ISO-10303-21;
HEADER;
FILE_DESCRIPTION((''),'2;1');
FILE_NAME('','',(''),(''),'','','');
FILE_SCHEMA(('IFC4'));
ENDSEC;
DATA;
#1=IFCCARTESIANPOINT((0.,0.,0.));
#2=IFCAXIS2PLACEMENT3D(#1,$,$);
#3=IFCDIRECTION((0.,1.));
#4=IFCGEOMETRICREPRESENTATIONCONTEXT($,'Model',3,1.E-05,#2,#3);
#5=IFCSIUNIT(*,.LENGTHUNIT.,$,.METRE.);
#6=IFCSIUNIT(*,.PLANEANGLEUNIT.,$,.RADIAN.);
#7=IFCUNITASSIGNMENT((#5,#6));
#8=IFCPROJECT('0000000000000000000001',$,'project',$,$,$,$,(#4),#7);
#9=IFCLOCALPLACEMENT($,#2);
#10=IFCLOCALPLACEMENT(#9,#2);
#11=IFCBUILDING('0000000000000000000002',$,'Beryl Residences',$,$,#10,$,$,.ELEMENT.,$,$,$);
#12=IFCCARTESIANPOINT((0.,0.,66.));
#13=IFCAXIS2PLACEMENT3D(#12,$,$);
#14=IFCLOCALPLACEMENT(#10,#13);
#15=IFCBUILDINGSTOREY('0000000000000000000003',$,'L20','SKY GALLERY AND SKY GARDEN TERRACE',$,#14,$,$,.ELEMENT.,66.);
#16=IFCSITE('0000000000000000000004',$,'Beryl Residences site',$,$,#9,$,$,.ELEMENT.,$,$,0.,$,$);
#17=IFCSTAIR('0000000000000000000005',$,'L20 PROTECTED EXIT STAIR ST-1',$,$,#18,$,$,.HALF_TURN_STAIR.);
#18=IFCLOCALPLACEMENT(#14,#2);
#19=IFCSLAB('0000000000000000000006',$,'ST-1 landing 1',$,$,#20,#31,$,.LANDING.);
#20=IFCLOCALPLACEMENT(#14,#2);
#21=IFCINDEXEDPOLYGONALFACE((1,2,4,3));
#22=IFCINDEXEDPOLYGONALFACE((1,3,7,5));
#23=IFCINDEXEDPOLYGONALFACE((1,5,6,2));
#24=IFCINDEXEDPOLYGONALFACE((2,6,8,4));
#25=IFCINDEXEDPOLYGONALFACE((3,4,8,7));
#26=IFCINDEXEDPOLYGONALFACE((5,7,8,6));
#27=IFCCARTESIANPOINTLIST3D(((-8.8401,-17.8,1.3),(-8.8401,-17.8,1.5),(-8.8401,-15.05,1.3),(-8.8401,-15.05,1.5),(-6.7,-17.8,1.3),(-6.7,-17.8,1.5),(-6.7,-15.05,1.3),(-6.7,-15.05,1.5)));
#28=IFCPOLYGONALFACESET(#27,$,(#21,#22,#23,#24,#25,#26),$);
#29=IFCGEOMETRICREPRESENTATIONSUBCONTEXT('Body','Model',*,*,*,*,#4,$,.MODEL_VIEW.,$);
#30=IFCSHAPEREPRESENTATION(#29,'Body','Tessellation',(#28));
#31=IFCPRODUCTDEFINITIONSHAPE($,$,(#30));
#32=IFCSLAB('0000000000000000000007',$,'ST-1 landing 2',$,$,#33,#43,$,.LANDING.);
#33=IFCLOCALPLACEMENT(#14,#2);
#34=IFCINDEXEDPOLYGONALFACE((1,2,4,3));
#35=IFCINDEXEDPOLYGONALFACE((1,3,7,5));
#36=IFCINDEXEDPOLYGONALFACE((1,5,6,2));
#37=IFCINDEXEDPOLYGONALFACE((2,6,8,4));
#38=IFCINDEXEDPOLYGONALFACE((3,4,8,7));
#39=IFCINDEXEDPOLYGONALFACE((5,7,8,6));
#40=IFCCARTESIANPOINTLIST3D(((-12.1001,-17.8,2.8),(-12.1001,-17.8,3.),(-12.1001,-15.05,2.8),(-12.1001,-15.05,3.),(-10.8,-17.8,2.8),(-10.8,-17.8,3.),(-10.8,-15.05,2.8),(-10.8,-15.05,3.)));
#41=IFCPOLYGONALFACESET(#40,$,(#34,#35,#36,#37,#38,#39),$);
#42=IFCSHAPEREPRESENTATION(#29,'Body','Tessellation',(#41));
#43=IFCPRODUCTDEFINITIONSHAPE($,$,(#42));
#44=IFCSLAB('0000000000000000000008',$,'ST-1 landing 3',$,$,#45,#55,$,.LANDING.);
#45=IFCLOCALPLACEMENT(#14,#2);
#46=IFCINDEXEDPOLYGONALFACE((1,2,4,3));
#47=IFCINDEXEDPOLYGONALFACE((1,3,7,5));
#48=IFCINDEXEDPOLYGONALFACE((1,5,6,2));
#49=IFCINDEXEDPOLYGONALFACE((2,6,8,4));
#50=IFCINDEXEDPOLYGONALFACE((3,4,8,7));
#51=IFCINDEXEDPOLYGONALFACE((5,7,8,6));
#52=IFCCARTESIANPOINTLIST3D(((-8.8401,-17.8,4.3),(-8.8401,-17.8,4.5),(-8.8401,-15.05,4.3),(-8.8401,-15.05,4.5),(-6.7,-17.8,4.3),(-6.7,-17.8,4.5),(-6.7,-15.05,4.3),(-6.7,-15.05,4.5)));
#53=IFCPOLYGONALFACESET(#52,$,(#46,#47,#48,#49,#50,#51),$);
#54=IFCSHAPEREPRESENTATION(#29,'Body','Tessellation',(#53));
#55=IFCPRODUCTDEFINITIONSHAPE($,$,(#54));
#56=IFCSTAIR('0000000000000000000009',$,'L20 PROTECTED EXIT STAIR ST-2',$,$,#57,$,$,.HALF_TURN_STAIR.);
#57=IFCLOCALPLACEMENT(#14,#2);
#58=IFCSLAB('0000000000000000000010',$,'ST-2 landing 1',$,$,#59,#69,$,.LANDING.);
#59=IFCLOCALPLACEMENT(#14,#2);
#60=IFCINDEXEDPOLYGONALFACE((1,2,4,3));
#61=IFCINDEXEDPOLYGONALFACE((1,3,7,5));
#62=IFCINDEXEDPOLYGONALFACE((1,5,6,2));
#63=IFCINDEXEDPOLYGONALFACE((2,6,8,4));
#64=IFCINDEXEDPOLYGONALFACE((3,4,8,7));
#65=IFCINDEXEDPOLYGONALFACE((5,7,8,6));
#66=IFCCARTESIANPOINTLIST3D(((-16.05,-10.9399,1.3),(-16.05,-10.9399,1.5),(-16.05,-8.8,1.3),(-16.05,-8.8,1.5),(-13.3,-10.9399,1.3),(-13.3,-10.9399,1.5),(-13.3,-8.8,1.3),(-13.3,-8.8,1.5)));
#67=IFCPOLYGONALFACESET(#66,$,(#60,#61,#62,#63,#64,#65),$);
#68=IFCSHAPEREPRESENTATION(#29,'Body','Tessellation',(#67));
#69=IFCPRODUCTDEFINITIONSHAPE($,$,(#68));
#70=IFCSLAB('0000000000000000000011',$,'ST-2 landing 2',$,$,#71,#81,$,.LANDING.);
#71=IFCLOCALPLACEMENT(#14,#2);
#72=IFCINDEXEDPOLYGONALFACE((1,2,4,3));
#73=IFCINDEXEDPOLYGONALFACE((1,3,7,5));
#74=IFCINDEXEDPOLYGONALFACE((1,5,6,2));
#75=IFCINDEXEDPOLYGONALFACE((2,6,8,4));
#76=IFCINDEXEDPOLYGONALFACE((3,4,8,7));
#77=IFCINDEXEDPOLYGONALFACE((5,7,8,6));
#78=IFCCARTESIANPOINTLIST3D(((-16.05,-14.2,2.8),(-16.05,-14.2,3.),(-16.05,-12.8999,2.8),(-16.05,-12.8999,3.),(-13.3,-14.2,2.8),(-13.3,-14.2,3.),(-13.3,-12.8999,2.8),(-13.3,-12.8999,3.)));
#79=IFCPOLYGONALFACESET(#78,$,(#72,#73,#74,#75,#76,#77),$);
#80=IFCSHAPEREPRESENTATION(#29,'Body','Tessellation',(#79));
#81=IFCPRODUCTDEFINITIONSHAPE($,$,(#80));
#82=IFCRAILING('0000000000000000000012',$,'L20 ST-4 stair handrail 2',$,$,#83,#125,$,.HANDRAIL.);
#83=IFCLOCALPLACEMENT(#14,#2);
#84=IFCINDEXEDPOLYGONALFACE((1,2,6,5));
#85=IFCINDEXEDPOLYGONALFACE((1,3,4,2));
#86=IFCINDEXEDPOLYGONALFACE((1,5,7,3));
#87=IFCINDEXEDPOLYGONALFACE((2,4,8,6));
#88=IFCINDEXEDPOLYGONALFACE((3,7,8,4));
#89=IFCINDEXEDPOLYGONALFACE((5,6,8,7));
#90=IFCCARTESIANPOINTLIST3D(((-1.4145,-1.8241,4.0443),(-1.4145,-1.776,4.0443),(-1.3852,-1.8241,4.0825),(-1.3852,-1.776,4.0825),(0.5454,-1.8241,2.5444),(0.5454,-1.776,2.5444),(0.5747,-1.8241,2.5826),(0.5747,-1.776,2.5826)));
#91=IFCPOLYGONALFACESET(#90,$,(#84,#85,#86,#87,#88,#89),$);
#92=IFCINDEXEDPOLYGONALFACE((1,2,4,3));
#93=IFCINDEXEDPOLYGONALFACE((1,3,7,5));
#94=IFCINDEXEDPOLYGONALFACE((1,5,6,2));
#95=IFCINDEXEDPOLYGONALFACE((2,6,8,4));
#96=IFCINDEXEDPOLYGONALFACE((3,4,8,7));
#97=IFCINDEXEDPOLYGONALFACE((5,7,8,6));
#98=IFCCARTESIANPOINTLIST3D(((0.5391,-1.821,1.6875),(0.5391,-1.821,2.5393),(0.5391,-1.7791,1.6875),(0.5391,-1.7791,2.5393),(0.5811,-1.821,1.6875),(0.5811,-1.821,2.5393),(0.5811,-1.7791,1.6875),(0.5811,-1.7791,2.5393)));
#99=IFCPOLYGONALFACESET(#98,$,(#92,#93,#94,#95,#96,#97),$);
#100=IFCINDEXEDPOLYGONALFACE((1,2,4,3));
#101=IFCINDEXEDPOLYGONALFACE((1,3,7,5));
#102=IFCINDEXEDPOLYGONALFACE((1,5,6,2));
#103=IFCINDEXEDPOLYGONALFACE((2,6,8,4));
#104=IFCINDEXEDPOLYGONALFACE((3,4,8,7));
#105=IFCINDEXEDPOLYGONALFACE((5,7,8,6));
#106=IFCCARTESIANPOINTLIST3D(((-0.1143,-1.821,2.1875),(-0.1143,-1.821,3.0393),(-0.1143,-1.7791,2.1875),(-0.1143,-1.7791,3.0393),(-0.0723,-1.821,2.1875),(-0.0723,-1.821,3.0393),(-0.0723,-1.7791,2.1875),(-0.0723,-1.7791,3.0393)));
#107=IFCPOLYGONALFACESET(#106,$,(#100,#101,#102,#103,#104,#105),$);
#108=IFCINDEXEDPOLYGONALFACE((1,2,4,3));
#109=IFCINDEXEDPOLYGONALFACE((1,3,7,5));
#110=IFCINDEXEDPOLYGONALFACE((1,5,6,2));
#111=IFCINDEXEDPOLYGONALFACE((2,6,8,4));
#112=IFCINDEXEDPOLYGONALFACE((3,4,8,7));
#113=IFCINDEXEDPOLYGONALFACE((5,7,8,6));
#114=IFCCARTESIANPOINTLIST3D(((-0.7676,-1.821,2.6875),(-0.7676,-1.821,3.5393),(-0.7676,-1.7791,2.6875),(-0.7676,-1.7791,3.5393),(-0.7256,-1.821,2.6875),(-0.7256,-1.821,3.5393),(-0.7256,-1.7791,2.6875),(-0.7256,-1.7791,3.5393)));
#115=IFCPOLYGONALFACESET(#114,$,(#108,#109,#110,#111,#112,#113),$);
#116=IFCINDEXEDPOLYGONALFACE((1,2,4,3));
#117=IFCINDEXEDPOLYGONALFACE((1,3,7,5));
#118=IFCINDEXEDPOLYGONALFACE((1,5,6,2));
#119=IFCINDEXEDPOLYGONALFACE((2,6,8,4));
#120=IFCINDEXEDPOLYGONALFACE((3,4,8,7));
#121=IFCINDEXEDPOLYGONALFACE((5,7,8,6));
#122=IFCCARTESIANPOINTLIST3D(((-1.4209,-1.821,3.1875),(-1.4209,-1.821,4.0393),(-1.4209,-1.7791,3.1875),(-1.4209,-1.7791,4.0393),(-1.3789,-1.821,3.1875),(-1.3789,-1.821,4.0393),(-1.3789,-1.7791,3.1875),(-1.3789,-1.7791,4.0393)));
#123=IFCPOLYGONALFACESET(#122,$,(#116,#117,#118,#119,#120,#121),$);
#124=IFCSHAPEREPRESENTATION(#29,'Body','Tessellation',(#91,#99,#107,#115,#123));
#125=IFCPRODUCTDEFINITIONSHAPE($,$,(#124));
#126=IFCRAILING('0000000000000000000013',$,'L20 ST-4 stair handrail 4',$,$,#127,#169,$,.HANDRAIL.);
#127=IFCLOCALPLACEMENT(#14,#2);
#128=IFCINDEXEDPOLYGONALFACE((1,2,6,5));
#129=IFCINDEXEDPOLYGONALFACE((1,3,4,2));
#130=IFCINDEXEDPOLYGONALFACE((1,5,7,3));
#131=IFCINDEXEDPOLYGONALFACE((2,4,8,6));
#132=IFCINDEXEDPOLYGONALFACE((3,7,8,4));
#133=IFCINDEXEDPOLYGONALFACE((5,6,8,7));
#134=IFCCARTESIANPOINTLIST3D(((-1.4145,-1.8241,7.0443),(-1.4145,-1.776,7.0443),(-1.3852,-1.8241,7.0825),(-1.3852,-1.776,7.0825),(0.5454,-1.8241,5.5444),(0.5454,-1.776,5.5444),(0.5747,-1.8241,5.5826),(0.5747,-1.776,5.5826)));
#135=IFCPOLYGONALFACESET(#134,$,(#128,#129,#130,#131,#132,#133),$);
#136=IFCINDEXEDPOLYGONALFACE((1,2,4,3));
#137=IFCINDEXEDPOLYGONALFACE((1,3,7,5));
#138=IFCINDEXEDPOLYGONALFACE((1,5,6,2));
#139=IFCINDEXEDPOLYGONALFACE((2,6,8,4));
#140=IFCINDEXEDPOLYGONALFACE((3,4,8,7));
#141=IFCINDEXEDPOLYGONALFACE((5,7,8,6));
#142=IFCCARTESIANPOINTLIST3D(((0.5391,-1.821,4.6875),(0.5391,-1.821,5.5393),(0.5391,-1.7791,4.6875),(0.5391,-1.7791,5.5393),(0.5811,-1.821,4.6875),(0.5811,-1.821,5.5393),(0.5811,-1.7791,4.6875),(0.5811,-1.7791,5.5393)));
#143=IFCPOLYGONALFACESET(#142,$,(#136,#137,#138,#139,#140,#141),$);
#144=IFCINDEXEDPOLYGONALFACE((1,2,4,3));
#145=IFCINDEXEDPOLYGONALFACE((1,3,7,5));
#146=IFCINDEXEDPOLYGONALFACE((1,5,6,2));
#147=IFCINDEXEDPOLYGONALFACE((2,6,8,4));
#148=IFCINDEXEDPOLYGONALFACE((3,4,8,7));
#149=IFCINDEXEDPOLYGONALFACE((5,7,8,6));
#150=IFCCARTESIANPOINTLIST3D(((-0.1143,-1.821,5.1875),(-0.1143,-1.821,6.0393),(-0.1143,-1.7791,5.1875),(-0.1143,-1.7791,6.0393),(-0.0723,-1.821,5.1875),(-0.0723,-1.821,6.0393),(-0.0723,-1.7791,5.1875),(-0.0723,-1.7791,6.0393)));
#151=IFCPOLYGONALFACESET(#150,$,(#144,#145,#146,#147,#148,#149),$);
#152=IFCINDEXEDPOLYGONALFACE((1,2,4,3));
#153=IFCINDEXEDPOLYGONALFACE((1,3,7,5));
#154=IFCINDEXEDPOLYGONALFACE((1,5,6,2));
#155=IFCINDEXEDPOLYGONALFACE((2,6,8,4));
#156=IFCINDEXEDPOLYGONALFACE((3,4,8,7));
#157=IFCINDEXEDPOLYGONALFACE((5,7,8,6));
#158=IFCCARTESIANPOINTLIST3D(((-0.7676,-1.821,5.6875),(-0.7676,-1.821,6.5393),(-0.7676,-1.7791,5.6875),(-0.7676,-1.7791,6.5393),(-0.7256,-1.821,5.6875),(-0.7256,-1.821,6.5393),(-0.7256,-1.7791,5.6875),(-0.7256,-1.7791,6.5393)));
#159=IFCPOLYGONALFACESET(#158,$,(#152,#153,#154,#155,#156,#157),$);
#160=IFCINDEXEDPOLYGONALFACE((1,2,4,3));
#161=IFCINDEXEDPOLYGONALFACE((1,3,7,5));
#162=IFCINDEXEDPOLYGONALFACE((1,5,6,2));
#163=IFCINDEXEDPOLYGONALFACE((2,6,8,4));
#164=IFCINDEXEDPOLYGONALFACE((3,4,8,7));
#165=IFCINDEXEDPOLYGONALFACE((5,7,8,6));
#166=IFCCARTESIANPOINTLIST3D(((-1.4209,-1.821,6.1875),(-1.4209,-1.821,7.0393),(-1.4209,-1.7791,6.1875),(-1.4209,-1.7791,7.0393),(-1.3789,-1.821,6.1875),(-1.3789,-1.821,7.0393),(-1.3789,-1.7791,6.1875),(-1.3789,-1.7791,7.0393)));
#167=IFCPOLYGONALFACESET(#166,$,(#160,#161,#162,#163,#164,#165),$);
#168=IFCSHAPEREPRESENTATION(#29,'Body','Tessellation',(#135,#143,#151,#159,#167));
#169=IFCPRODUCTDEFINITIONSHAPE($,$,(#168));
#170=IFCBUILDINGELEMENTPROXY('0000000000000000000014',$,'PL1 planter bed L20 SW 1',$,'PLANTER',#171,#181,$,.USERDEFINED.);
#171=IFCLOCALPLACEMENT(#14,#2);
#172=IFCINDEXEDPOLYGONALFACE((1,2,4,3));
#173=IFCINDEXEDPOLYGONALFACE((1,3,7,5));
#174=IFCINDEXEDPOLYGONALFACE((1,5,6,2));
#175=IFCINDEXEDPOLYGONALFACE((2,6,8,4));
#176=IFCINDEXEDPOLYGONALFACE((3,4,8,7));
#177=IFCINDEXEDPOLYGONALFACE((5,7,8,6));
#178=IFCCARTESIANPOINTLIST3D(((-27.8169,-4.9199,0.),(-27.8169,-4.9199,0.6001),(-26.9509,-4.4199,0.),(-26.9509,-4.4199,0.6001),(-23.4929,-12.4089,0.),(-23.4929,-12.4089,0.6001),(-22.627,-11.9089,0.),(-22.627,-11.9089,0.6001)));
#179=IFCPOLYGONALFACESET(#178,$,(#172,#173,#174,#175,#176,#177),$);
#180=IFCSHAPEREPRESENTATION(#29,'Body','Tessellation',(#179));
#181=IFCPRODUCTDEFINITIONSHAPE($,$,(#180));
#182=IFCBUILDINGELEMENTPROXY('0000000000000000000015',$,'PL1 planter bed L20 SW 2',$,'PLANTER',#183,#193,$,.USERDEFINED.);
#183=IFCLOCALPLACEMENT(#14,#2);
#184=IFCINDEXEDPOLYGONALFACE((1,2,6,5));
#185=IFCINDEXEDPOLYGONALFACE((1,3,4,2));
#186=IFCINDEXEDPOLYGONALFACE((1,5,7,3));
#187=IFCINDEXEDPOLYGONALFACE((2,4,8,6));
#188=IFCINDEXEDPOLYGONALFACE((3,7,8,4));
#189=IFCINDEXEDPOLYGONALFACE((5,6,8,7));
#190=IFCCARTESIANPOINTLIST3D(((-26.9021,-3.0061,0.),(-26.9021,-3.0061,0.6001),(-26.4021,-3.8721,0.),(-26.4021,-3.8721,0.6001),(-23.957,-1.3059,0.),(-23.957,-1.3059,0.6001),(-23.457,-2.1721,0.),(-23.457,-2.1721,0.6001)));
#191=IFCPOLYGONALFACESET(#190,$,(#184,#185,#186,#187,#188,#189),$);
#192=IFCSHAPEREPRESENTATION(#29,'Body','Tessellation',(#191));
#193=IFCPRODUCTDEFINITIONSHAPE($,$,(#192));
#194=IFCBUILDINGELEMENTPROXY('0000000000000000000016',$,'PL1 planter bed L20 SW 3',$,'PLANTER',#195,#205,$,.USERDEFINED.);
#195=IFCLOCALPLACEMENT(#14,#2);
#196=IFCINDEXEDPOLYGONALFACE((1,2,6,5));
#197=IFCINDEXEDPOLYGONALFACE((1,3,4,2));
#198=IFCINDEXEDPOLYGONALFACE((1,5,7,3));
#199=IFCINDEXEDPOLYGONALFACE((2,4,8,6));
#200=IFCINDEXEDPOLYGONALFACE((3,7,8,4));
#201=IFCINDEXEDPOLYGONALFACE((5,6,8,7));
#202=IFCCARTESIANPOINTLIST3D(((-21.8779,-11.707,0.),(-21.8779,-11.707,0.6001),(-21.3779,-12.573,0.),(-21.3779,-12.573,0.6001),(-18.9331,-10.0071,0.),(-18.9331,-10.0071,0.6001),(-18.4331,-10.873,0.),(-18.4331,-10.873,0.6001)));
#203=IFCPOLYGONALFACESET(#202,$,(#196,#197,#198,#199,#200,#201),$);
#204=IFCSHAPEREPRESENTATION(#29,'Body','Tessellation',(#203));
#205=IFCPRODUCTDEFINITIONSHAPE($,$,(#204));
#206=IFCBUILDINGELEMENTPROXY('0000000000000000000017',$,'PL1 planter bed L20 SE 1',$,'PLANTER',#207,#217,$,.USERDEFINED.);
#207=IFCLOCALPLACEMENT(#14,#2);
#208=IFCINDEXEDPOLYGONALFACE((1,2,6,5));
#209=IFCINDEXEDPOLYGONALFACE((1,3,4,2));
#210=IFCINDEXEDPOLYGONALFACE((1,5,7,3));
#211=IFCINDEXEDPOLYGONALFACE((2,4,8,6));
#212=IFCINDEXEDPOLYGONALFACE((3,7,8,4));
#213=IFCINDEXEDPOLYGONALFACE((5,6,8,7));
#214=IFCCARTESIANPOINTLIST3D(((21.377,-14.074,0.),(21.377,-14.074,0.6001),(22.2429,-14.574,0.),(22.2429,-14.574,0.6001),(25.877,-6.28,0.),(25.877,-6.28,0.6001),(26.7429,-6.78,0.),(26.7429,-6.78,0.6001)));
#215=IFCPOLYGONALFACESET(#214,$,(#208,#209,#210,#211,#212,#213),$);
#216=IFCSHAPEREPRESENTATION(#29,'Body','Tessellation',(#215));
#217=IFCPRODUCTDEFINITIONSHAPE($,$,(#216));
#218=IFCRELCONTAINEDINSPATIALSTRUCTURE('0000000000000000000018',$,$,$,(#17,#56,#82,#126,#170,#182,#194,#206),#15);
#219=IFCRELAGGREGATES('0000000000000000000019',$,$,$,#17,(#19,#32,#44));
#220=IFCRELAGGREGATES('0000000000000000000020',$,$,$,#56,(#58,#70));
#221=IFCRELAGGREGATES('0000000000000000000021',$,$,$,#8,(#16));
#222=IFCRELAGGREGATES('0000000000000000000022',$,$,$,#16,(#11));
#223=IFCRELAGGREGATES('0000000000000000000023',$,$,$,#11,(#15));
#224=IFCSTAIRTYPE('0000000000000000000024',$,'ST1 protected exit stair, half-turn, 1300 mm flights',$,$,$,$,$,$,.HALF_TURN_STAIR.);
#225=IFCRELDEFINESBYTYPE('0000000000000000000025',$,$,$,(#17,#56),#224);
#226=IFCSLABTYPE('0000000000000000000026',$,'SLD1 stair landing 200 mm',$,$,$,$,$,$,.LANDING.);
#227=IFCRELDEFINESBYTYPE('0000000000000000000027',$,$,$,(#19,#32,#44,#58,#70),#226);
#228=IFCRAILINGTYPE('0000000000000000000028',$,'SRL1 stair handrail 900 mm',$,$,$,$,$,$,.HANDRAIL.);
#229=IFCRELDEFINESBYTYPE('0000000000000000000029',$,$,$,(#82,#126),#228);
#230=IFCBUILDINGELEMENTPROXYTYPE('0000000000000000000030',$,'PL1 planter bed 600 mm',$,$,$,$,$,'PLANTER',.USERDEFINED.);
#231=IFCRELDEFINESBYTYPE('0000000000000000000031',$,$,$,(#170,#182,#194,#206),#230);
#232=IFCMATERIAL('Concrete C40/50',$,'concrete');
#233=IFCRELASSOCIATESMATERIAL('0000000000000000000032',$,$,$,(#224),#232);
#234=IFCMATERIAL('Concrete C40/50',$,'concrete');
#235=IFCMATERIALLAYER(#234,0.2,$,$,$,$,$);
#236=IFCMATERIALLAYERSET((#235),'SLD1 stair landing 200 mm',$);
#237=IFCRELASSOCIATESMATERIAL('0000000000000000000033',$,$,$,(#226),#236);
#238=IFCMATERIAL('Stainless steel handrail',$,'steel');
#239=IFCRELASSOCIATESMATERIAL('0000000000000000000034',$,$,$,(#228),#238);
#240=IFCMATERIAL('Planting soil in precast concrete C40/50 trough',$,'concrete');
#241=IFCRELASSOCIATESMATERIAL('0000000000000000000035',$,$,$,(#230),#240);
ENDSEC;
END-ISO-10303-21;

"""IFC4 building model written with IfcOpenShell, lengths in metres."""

from ifc_helpers import new_model, si_unit, direction, frame, origin, origin_2d, place, context, subcontext, project, spatial, polyline, rectangle, outline, extrude, material, layer, layer_set, type_object, element, aggregate, save


model = new_model("IFC4")

# Units and contexts
model_context = context("Model", 3, precision=1e-05, world=origin(), true_north=direction((0.0, 1.0)))
body_context = subcontext(model_context, "Body", "Model", "MODEL_VIEW")
ifc_project = project(units=[si_unit("LENGTHUNIT", "METRE"), si_unit("PLANEANGLEUNIT", "RADIAN")], contexts=[model_context])

# Site, building, storey
site_placement = place(None, origin())
site = spatial("IfcSite", under=ifc_project, at=site_placement, Name="Beryl Residences site", CompositionType="ELEMENT", RefElevation=0.0)
building_placement = place(site_placement, origin())
building = spatial("IfcBuilding", under=site, at=building_placement, Name="Beryl Residences", CompositionType="ELEMENT")
storey_placement = place(building_placement, frame((0.0, 0.0, 66.0)))
storey = spatial("IfcBuildingStorey", under=building, at=storey_placement, Name="L20", Description="SKY GALLERY AND SKY GARDEN TERRACE", CompositionType="ELEMENT", Elevation=66.0)

# Stairs, slabs
ifc_material_1 = material(Name="Concrete C40/50", Category="concrete")
stair_type = type_object("IfcStairType", Name="ST1 protected exit stair, half-turn, 1300 mm flights", PredefinedType="HALF_TURN_STAIR", material=ifc_material_1)
stair_1_placement = place(storey_placement, origin())
stair_1 = element("IfcStair", 1, at=stair_1_placement, inside=storey, type_object=stair_type, Name="L20 PROTECTED EXIT STAIR ST-1", PredefinedType="HALF_TURN_STAIR")
ifc_material_2 = material(Name="Concrete C40/50", Category="concrete")
ifc_layer = layer(ifc_material_2, 0.2)
ifc_layer_set = layer_set([ifc_layer], Name="SLD1 stair landing 200 mm")
slab_type = type_object("IfcSlabType", Name="SLD1 stair landing 200 mm", PredefinedType="LANDING", material=ifc_layer_set)
slab_1_placement = place(storey_placement, frame((0.0, 0.0, 1.3)))
slab_1 = element("IfcSlab", 2, at=slab_1_placement, type_object=slab_type, Name="ST-1 landing 1", PredefinedType="LANDING", context=body_context, shape_type="SweptSolid", body=[
    extrude(outline(polyline([(-8.8401, -17.8), (-6.7, -17.8), (-6.7, -15.05), (-8.8401, -15.05), (-8.8401, -17.8)])), origin(), (0.0, 0.0, 1.0), 0.2),
])
slab_2_placement = place(storey_placement, frame((0.0, 0.0, 2.8)))
slab_2 = element("IfcSlab", 3, at=slab_2_placement, type_object=slab_type, Name="ST-1 landing 2", PredefinedType="LANDING", context=body_context, shape_type="SweptSolid", body=[
    extrude(outline(polyline([(-12.1001, -17.8), (-10.8, -17.8), (-10.8, -15.05), (-12.1001, -15.05), (-12.1001, -17.8)])), origin(), (0.0, 0.0, 1.0), 0.2),
])
slab_3_placement = place(storey_placement, frame((0.0, 0.0, 4.3)))
slab_3 = element("IfcSlab", 4, at=slab_3_placement, type_object=slab_type, Name="ST-1 landing 3", PredefinedType="LANDING", context=body_context, shape_type="SweptSolid", body=[
    extrude(outline(polyline([(-8.8401, -17.8), (-6.7, -17.8), (-6.7, -15.05), (-8.8401, -15.05), (-8.8401, -17.8)])), origin(), (0.0, 0.0, 1.0), 0.2),
])
aggregate(stair_1, [slab_1, slab_2, slab_3])
stair_2_placement = place(storey_placement, origin())
stair_2 = element("IfcStair", 5, at=stair_2_placement, inside=storey, type_object=stair_type, Name="L20 PROTECTED EXIT STAIR ST-2", PredefinedType="HALF_TURN_STAIR")
slab_4_placement = place(storey_placement, frame((0.0, 0.0, 1.3)))
slab_4 = element("IfcSlab", 6, at=slab_4_placement, type_object=slab_type, Name="ST-2 landing 1", PredefinedType="LANDING", context=body_context, shape_type="SweptSolid", body=[
    extrude(outline(polyline([(-13.3, -10.9399), (-13.3, -8.8), (-16.05, -8.8), (-16.05, -10.9399), (-13.3, -10.9399)])), origin(), (0.0, 0.0, 1.0), 0.2),
])
slab_5_placement = place(storey_placement, frame((0.0, 0.0, 2.8)))
slab_5 = element("IfcSlab", 7, at=slab_5_placement, type_object=slab_type, Name="ST-2 landing 2", PredefinedType="LANDING", context=body_context, shape_type="SweptSolid", body=[
    extrude(outline(polyline([(-13.3, -14.2), (-13.3, -12.8999), (-16.05, -12.8999), (-16.05, -14.2), (-13.3, -14.2)])), origin(), (0.0, 0.0, 1.0), 0.2),
])
aggregate(stair_2, [slab_4, slab_5])

# Railings
ifc_material_3 = material(Name="Stainless steel handrail", Category="steel")
railing_type = type_object("IfcRailingType", Name="SRL1 stair handrail 900 mm", PredefinedType="HANDRAIL", material=ifc_material_3)
for number, where, name in (
    (8, (0.5601, -1.8, 1.6875), "L20 ST-4 stair handrail 2"),
    (9, (0.5601, -1.8, 4.6875), "L20 ST-4 stair handrail 4"),
):
    element("IfcRailing", number, at=place(storey_placement, frame(where)), inside=storey, type_object=railing_type, Name=name, PredefinedType="HANDRAIL", context=body_context, shape_type="SweptSolid", body=[
        extrude(rectangle(XDim=0.0481, YDim=0.0481, at=origin_2d()), frame((0.0, 0.0, 0.876), z_axis=(-0.794122, 0.0, 0.607758), x_axis=(0.0, -1.0, 0.0)), (0.0, 0.0, 1.0), 2.468),
        extrude(rectangle(XDim=0.042, YDim=0.042, at=origin_2d()), origin(), (0.0, 0.0, 1.0), 0.8518),
        extrude(rectangle(XDim=0.042, YDim=0.042, at=origin_2d()), frame((-0.6533, 0.0, 0.5)), (0.0, 0.0, 1.0), 0.8518),
        extrude(rectangle(XDim=0.042, YDim=0.042, at=origin_2d()), frame((-1.3066, 0.0, 1.0)), (0.0, 0.0, 1.0), 0.8518),
        extrude(rectangle(XDim=0.042, YDim=0.042, at=origin_2d()), frame((-1.96, 0.0, 1.5)), (0.0, 0.0, 1.0), 0.8518),
    ])

# Building element proxies
ifc_material_4 = material(Name="Planting soil in precast concrete C40/50 trough", Category="concrete")
building_element_proxy_type_1 = type_object("IfcBuildingElementProxyType", Name="PL1 planter bed 600 mm", ElementType="PLANTER", PredefinedType="USERDEFINED", material=ifc_material_4)
proxy_1_placement = place(storey_placement, origin())
element("IfcBuildingElementProxy", 10, at=proxy_1_placement, inside=storey, type_object=building_element_proxy_type_1, Name="PL1 planter bed L20 SW 1", ObjectType="PLANTER", PredefinedType="USERDEFINED", context=body_context, shape_type="SweptSolid", body=[
    extrude(outline(polyline([(-27.8169, -4.9199), (-23.4929, -12.4089), (-22.627, -11.9089), (-26.9509, -4.4199), (-27.8169, -4.9199)])), origin(), (0.0, 0.0, 1.0), 0.6001),
])
proxy_2_placement = place(storey_placement, origin())
element("IfcBuildingElementProxy", 11, at=proxy_2_placement, inside=storey, type_object=building_element_proxy_type_1, Name="PL1 planter bed L20 SW 2", ObjectType="PLANTER", PredefinedType="USERDEFINED", context=body_context, shape_type="SweptSolid", body=[
    extrude(outline(polyline([(-26.9021, -3.0061), (-26.4021, -3.8721), (-23.457, -2.1721), (-23.957, -1.3059), (-26.9021, -3.0061)])), origin(), (0.0, 0.0, 1.0), 0.6001),
])
proxy_3_placement = place(storey_placement, origin())
element("IfcBuildingElementProxy", 12, at=proxy_3_placement, inside=storey, type_object=building_element_proxy_type_1, Name="PL1 planter bed L20 SW 3", ObjectType="PLANTER", PredefinedType="USERDEFINED", context=body_context, shape_type="SweptSolid", body=[
    extrude(outline(polyline([(-21.8779, -11.707), (-21.3779, -12.573), (-18.4331, -10.873), (-18.9331, -10.0071), (-21.8779, -11.707)])), origin(), (0.0, 0.0, 1.0), 0.6001),
])
proxy_4_placement = place(storey_placement, origin())
element("IfcBuildingElementProxy", 13, at=proxy_4_placement, inside=storey, type_object=building_element_proxy_type_1, Name="PL1 planter bed L20 SE 1", ObjectType="PLANTER", PredefinedType="USERDEFINED", context=body_context, shape_type="SweptSolid", body=[
    extrude(outline(polyline([(22.2429, -14.574), (26.7429, -6.78), (25.877, -6.28), (21.377, -14.074), (22.2429, -14.574)])), origin(), (0.0, 0.0, 1.0), 0.6001),
])

save(model, "model.ifc")
